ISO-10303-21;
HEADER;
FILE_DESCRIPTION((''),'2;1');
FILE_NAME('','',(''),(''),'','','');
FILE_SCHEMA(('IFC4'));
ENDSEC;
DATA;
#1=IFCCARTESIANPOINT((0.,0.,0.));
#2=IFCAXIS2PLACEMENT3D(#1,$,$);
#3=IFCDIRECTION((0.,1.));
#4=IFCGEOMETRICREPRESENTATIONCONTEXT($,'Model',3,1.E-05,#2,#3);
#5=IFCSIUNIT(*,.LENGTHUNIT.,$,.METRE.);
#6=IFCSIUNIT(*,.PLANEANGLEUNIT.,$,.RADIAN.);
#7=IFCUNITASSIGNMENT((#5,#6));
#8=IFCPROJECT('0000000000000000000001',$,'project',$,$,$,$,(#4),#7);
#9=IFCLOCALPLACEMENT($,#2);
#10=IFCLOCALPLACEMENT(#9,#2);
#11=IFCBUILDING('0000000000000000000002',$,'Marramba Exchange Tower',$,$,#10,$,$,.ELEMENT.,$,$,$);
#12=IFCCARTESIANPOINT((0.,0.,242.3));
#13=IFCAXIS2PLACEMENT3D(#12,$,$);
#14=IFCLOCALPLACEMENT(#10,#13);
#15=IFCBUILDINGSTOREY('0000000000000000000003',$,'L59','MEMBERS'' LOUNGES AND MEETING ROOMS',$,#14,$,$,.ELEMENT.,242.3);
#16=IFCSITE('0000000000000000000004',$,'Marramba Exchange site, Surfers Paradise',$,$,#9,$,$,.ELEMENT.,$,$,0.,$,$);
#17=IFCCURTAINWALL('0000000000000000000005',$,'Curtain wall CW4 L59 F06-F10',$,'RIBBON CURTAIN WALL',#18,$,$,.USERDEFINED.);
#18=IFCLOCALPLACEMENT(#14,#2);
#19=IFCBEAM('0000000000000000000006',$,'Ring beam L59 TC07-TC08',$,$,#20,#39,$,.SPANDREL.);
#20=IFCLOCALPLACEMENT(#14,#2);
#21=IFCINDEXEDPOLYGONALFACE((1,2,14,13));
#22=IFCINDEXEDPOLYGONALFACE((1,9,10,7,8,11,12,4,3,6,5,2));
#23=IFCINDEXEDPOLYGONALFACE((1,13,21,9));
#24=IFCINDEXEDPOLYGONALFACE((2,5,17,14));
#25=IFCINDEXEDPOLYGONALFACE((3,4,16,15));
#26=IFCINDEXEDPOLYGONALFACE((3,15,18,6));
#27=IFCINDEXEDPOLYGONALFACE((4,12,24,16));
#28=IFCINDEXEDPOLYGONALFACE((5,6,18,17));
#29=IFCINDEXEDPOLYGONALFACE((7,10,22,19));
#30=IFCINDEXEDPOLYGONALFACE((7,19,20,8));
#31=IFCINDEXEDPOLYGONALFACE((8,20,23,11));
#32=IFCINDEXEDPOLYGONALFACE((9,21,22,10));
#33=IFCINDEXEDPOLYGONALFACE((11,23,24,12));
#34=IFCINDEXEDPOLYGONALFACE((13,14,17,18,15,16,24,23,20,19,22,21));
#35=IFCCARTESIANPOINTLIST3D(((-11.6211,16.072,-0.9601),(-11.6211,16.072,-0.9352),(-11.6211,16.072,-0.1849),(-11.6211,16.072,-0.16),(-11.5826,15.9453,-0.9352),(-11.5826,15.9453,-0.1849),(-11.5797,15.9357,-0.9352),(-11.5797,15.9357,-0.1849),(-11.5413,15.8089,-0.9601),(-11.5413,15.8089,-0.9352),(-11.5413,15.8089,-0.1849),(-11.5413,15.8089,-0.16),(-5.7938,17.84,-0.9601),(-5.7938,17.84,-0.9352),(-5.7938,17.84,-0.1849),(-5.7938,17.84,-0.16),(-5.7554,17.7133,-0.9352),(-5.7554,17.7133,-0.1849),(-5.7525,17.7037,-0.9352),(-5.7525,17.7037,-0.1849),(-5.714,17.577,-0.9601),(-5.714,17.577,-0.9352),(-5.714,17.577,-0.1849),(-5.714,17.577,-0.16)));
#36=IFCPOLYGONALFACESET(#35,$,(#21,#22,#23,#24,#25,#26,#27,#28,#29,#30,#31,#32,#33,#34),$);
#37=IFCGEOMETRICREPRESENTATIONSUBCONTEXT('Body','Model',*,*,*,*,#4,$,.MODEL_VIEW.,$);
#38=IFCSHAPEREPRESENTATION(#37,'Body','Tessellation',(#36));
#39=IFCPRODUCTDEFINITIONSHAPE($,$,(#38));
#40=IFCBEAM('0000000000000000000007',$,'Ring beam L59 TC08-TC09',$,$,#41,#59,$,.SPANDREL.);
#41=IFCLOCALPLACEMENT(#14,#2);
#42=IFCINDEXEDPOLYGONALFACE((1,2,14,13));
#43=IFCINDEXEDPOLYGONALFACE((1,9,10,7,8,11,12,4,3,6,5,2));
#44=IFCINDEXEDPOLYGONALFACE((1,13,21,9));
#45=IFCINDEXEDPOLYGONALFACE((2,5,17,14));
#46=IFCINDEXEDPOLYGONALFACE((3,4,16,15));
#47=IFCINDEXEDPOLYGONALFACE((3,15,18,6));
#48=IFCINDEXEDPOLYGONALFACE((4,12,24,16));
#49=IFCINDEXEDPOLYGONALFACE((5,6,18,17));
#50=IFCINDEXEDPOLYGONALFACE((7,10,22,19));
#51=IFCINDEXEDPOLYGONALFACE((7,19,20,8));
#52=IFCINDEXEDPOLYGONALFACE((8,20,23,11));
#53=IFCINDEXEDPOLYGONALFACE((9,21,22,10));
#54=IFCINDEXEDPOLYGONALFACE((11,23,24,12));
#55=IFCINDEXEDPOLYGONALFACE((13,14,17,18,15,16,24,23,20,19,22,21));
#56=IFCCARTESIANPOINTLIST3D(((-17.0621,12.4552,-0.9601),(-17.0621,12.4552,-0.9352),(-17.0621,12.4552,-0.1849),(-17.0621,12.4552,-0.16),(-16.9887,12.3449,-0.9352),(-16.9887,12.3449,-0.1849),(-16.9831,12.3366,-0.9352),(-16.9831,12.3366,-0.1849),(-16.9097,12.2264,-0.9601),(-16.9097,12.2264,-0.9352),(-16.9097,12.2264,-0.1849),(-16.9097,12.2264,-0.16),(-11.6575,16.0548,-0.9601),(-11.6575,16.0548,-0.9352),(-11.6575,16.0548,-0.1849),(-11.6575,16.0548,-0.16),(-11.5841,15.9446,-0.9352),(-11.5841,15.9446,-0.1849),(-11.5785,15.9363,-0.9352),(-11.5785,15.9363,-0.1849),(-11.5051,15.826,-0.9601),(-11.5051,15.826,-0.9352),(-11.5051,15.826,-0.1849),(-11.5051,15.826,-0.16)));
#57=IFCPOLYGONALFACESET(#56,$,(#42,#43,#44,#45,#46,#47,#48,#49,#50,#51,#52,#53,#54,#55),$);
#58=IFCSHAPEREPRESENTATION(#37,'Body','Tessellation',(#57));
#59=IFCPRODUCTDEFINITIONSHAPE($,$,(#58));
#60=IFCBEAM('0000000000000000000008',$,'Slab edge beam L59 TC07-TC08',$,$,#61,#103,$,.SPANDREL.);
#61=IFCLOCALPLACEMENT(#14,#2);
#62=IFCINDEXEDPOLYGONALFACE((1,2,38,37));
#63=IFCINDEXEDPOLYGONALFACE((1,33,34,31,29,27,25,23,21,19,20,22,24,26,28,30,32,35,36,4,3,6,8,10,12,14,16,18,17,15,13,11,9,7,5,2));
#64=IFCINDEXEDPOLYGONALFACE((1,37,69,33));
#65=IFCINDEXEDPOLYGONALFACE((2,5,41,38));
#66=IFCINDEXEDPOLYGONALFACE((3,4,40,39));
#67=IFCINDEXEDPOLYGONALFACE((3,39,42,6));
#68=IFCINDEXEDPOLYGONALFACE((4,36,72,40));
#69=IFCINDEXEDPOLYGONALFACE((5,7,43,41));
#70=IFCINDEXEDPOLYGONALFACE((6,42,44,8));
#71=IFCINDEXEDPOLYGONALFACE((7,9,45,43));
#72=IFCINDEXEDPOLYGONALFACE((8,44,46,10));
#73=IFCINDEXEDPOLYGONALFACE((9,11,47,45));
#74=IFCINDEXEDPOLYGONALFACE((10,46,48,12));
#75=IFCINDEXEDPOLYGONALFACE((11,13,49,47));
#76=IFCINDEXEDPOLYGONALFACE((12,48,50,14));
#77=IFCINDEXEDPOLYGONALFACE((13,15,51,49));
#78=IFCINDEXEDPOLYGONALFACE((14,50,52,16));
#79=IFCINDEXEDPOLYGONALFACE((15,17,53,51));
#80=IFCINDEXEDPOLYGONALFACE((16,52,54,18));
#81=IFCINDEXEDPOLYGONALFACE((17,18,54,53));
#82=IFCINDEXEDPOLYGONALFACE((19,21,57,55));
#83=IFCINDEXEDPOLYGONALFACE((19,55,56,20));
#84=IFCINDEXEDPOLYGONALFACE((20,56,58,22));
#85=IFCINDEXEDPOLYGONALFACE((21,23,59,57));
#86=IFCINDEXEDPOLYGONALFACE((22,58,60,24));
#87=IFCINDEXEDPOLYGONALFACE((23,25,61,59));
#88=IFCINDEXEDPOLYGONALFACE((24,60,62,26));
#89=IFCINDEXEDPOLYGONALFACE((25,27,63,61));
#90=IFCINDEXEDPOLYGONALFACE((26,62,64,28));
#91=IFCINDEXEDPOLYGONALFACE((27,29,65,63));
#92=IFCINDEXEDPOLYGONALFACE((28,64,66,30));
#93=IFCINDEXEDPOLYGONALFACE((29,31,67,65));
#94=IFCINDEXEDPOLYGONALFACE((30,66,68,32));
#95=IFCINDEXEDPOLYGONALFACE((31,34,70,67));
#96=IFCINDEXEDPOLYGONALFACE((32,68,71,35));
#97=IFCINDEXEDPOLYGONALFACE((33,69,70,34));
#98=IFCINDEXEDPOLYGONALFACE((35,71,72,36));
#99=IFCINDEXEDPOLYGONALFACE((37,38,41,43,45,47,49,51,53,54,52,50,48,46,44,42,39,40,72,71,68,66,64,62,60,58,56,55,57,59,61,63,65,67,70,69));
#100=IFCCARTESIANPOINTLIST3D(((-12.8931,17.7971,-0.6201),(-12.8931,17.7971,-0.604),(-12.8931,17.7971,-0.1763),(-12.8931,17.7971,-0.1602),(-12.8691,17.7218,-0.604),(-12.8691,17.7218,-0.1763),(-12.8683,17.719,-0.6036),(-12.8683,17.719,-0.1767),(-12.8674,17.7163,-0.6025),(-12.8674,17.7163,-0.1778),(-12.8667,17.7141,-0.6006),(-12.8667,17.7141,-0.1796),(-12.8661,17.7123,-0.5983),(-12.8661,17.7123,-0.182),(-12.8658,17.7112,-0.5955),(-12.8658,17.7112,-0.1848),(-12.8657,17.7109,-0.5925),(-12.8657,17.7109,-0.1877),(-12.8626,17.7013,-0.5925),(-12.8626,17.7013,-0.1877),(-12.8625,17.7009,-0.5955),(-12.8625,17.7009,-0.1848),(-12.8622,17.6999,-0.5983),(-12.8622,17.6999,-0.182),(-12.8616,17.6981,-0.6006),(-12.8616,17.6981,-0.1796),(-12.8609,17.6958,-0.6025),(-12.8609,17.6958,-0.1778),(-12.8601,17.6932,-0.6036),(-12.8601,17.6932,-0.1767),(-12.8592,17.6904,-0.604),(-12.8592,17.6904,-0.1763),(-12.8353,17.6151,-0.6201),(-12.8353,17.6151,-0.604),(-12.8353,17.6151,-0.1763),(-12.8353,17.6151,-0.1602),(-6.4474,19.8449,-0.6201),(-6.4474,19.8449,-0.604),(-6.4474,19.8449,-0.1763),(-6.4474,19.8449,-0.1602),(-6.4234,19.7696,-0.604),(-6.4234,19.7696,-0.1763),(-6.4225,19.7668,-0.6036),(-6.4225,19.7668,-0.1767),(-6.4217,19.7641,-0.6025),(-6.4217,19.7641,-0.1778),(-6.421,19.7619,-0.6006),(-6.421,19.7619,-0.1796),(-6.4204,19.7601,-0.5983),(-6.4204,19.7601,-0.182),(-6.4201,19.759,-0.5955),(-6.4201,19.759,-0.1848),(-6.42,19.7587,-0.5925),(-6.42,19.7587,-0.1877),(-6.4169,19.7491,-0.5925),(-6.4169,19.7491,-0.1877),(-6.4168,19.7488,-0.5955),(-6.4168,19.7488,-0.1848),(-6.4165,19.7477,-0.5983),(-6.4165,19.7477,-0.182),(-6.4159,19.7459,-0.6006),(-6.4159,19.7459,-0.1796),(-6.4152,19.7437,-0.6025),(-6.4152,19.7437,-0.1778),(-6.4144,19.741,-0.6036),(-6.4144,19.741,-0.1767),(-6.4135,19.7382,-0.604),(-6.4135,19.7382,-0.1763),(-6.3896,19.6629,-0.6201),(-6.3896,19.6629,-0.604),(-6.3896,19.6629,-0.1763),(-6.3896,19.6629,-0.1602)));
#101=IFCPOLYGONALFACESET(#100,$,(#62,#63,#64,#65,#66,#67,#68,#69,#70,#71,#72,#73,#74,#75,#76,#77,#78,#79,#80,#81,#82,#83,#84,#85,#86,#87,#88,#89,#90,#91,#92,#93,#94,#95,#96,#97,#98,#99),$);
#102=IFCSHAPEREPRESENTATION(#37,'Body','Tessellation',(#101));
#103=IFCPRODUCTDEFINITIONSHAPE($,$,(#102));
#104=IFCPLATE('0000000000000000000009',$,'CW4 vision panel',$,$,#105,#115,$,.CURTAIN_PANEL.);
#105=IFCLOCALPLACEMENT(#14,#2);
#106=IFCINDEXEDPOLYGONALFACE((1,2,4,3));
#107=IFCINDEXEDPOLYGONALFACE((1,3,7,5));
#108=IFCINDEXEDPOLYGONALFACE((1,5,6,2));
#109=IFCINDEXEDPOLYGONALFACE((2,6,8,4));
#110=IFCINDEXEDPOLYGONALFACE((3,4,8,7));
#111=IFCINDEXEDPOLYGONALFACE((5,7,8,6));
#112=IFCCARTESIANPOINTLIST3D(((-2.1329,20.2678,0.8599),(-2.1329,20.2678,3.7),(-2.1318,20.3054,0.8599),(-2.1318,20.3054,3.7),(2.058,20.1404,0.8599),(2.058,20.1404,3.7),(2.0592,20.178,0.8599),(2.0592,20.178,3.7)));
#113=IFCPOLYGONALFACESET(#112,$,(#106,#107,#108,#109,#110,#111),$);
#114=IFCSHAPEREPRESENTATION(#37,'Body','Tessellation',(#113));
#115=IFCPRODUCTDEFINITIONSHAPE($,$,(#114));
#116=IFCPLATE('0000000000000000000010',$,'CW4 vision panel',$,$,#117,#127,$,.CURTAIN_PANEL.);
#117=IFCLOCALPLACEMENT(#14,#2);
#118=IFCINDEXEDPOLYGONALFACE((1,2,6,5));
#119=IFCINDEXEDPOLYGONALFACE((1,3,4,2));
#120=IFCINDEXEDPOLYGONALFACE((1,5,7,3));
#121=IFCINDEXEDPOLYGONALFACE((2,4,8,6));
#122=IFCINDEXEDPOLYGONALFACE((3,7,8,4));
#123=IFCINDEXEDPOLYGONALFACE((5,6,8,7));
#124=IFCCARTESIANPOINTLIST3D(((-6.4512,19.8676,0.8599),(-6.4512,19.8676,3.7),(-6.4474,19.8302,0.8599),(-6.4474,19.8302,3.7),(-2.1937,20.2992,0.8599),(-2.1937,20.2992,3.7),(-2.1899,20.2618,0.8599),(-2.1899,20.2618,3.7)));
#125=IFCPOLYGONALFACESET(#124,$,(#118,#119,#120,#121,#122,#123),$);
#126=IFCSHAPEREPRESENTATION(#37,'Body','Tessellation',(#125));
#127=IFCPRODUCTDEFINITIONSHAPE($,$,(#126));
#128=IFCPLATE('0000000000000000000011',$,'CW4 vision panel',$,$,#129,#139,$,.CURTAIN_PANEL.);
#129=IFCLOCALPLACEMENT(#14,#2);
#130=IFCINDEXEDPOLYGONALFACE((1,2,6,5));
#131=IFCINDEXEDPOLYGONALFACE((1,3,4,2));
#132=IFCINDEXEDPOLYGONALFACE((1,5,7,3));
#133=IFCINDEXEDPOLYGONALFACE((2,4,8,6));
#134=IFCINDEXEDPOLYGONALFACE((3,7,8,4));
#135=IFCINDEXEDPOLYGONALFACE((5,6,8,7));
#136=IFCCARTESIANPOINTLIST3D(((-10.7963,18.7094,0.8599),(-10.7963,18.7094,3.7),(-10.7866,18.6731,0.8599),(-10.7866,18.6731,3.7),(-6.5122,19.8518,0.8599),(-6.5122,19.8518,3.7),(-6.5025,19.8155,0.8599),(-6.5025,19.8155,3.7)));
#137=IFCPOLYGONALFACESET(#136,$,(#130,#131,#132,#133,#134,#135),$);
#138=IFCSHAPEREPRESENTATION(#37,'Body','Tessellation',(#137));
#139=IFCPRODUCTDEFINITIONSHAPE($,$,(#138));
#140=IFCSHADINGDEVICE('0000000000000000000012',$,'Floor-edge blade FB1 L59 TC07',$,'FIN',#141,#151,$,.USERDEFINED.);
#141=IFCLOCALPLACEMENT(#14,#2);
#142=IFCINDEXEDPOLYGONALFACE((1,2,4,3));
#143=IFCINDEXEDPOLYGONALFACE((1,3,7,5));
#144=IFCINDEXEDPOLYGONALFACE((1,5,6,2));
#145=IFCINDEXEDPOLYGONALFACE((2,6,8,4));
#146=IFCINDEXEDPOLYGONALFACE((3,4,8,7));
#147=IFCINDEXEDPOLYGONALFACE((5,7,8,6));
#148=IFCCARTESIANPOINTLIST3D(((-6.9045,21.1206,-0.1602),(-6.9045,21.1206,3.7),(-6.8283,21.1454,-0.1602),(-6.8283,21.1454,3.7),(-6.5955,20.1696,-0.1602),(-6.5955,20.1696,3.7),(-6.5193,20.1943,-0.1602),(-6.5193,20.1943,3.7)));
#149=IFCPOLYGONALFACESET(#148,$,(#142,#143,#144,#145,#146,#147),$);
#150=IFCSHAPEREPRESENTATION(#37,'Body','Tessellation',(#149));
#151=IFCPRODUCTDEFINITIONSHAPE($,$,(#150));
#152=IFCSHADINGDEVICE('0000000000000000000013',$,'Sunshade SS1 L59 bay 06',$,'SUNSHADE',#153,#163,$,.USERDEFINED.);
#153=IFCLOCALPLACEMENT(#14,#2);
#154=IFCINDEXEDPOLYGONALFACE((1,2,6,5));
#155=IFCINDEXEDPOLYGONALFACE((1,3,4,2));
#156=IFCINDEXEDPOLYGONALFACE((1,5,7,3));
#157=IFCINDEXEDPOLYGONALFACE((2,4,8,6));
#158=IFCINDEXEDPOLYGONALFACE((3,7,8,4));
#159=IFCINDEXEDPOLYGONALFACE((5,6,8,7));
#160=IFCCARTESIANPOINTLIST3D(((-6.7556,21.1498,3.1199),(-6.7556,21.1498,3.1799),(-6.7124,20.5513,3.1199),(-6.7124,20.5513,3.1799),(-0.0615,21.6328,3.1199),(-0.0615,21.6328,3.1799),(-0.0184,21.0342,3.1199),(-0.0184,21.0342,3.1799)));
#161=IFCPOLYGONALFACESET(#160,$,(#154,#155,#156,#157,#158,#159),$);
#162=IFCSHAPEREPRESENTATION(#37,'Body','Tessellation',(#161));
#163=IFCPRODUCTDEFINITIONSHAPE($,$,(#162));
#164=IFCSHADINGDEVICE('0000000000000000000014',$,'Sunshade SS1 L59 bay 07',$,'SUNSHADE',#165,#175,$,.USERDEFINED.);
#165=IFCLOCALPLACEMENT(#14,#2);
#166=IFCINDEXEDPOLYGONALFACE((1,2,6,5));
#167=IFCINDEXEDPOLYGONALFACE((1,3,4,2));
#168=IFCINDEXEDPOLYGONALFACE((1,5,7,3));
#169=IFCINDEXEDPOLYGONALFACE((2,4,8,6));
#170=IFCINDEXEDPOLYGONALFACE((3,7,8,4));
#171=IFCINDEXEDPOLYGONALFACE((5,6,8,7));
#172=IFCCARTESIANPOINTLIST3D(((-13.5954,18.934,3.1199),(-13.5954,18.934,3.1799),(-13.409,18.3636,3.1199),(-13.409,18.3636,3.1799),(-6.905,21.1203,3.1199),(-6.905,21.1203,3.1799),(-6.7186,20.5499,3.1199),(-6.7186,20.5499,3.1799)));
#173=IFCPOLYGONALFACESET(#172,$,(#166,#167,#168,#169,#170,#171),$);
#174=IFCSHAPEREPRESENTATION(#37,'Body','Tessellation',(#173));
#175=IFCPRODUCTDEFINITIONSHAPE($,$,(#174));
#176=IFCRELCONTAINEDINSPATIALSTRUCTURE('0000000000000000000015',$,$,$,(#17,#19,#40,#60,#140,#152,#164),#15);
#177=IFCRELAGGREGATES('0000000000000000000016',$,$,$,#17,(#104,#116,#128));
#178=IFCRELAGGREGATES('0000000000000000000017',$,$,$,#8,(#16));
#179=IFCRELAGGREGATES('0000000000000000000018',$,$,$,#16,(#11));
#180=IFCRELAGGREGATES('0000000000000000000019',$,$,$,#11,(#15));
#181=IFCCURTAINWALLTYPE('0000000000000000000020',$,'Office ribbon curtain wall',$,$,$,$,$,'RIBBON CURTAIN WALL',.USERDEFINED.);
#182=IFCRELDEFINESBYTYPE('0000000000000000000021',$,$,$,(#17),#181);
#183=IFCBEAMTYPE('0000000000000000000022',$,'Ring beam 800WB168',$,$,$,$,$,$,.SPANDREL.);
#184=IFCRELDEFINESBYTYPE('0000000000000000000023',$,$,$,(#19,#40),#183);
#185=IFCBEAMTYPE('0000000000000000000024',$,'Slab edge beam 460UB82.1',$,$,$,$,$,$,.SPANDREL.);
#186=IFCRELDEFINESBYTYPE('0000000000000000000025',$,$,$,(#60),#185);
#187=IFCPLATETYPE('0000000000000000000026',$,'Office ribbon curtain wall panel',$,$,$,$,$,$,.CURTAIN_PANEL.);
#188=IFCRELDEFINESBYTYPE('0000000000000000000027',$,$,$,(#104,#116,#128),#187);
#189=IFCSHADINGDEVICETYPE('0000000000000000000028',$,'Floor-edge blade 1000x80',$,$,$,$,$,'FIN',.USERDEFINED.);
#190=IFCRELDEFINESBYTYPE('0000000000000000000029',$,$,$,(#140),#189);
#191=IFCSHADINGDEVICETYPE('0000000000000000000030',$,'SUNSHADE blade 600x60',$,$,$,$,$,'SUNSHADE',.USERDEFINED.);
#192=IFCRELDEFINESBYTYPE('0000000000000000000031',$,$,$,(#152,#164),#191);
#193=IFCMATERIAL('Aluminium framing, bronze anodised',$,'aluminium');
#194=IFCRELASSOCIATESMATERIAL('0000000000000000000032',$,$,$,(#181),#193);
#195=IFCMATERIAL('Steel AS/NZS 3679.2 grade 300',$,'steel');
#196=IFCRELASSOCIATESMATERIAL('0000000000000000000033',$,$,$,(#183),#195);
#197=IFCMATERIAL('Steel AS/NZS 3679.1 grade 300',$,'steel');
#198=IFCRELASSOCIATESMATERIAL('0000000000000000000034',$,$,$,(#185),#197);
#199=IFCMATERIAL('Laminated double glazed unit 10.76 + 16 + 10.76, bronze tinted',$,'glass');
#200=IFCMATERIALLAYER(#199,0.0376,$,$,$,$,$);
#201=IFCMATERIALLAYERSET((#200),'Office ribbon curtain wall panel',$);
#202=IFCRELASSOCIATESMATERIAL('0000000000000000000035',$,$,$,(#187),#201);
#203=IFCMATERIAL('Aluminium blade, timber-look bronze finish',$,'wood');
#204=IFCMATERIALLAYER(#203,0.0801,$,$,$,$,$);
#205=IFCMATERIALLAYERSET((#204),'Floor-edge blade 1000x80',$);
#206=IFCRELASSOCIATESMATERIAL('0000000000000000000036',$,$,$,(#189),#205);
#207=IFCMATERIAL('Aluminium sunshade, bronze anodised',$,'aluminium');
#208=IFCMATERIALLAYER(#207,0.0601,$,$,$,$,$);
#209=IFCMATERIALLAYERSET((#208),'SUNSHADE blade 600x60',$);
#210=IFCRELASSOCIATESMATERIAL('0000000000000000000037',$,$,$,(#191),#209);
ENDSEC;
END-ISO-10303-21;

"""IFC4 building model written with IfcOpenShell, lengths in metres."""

from ifc_helpers import new_model, si_unit, direction, frame, origin, origin_2d, place, context, subcontext, project, spatial, rectangle, i_section, extrude, material, layer, layer_set, material_profile, profile_set, type_object, element, aggregate, save


model = new_model("IFC4")

# Units and contexts
model_context = context("Model", 3, precision=1e-05, world=origin(), true_north=direction((0.0, 1.0)))
body_context = subcontext(model_context, "Body", "Model", "MODEL_VIEW")
ifc_project = project(units=[si_unit("LENGTHUNIT", "METRE"), si_unit("PLANEANGLEUNIT", "RADIAN")], contexts=[model_context])

# Site, building, storey
site_placement = place(None, origin())
site = spatial("IfcSite", under=ifc_project, at=site_placement, Name="Marramba Exchange site, Surfers Paradise", CompositionType="ELEMENT", RefElevation=0.0)
building_placement = place(site_placement, origin())
building = spatial("IfcBuilding", under=site, at=building_placement, Name="Marramba Exchange Tower", CompositionType="ELEMENT")
storey_placement = place(building_placement, frame((0.0, 0.0, 242.3)))
storey = spatial("IfcBuildingStorey", under=building, at=storey_placement, Name="L59", Description="MEMBERS' LOUNGES AND MEETING ROOMS", CompositionType="ELEMENT", Elevation=242.3)

# Shared definitions
ifc_material_1 = material(Name="Steel AS/NZS 3679.2 grade 300", Category="steel")

# Curtain wall
ifc_material_2 = material(Name="Aluminium framing, bronze anodised", Category="aluminium")
curtain_wall_type = type_object("IfcCurtainWallType", Name="Office ribbon curtain wall", ElementType="RIBBON CURTAIN WALL", PredefinedType="USERDEFINED", material=ifc_material_2)
curtain_wall_1_placement = place(storey_placement, origin())
curtain_wall_1 = element("IfcCurtainWall", 1, at=curtain_wall_1_placement, inside=storey, type_object=curtain_wall_type, Name="Curtain wall CW4 L59 F06-F10", ObjectType="RIBBON CURTAIN WALL", PredefinedType="USERDEFINED")

# Beams
ifc_material_profile_1 = material_profile(ifc_material_1, i_section(OverallWidth=0.2749, OverallDepth=0.8, WebThickness=0.01, FlangeThickness=0.0249, at=origin_2d()), Name="800WB168")
ifc_profile_set_1 = profile_set([ifc_material_profile_1], Name="Steel AS/NZS 3679.2 grade 300")
beam_type_1 = type_object("IfcBeamType", Name="Ring beam 800WB168", PredefinedType="SPANDREL", material=ifc_profile_set_1)
beam_1_placement = place(storey_placement, frame((-5.7539, 17.7085, -0.5601), z_axis=(-0.956925, -0.290337, 0.0), x_axis=(0.290337, -0.956925, 0.0)))
element("IfcBeam", 2, at=beam_1_placement, inside=storey, type_object=beam_type_1, Name="Ring beam L59 TC07-TC08", PredefinedType="SPANDREL", context=body_context, shape_type="SweptSolid", body=[
    extrude(i_section(OverallWidth=0.2749, OverallDepth=0.8, WebThickness=0.01, FlangeThickness=0.0249, at=origin_2d()), origin(), (0.0, 0.0, 1.0), 6.0896),
])
beam_2_placement = place(storey_placement, frame((-11.5813, 15.9404, -0.5601), z_axis=(-0.832293, -0.554336, 0.0), x_axis=(0.554336, -0.832293, 0.0)))
element("IfcBeam", 3, at=beam_2_placement, inside=storey, type_object=beam_type_1, Name="Ring beam L59 TC08-TC09", PredefinedType="SPANDREL", context=body_context, shape_type="SweptSolid", body=[
    extrude(i_section(OverallWidth=0.2749, OverallDepth=0.8, WebThickness=0.01, FlangeThickness=0.0249, at=origin_2d()), origin(), (0.0, 0.0, 1.0), 6.4937),
])
ifc_material_3 = material(Name="Steel AS/NZS 3679.1 grade 300", Category="steel")
ifc_material_profile_2 = material_profile(ifc_material_3, i_section(OverallWidth=0.1909, OverallDepth=0.46, WebThickness=0.01, FlangeThickness=0.0161, FilletRadius=0.0115, at=origin_2d()), Name="460UB82.1")
ifc_profile_set_2 = profile_set([ifc_material_profile_2], Name="Steel AS/NZS 3679.1 grade 300")
beam_type_2 = type_object("IfcBeamType", Name="Slab edge beam 460UB82.1", PredefinedType="SPANDREL", material=ifc_profile_set_2)
beam_3_placement = place(storey_placement, frame((-6.4185, 19.7539, -0.3901), z_axis=(-0.953057, -0.302789, 0.0), x_axis=(0.302789, -0.953057, 0.0)))
element("IfcBeam", 4, at=beam_3_placement, inside=storey, type_object=beam_type_2, Name="Slab edge beam L59 TC07-TC08", PredefinedType="SPANDREL", context=body_context, shape_type="SweptSolid", body=[
    extrude(i_section(OverallWidth=0.1909, OverallDepth=0.46, WebThickness=0.01, FlangeThickness=0.0161, FilletRadius=0.0115, at=origin_2d()), origin(), (0.0, 0.0, 1.0), 6.7632),
])

# Plates
ifc_material_4 = material(Name="Laminated double glazed unit 10.76 + 16 + 10.76, bronze tinted", Category="glass")
ifc_layer_1 = layer(ifc_material_4, 0.0376)
ifc_layer_set_1 = layer_set([ifc_layer_1], Name="Office ribbon curtain wall panel")
plate_type = type_object("IfcPlateType", Name="Office ribbon curtain wall panel", PredefinedType="CURTAIN_PANEL", material=ifc_layer_set_1)
plate_1_placement = place(storey_placement, frame((-0.0369, 20.2229, 0.8599), z_axis=(0.0, 0.0, 1.0), x_axis=(-0.999538, 0.030394, 0.0)))
plate_1 = element("IfcPlate", 5, at=plate_1_placement, type_object=plate_type, Name="CW4 vision panel", PredefinedType="CURTAIN_PANEL", context=body_context, shape_type="SweptSolid", body=[
    extrude(rectangle(XDim=4.1929, YDim=0.0376, at=origin_2d()), origin(), (0.0, 0.0, 1.0), 2.8401),
])
plate_2_placement = place(storey_placement, frame((-4.3206, 20.0647, 0.8599), z_axis=(0.0, 0.0, 1.0), x_axis=(-0.9949, -0.100863, 0.0)))
plate_2 = element("IfcPlate", 6, at=plate_2_placement, type_object=plate_type, Name="CW4 vision panel", PredefinedType="CURTAIN_PANEL", context=body_context, shape_type="SweptSolid", body=[
    extrude(rectangle(XDim=4.2793, YDim=0.0376, at=origin_2d()), origin(), (0.0, 0.0, 1.0), 2.8401),
])
plate_3_placement = place(storey_placement, frame((-8.6494, 19.2625, 0.8599), z_axis=(0.0, 0.0, 1.0), x_axis=(-0.966241, -0.257641, 0.0)))
plate_3 = element("IfcPlate", 7, at=plate_3_placement, type_object=plate_type, Name="CW4 vision panel", PredefinedType="CURTAIN_PANEL", context=body_context, shape_type="SweptSolid", body=[
    extrude(rectangle(XDim=4.4338, YDim=0.0376, at=origin_2d()), origin(), (0.0, 0.0, 1.0), 2.8401),
])
aggregate(curtain_wall_1, [plate_1, plate_2, plate_3])

# Shading devices
ifc_material_5 = material(Name="Aluminium blade, timber-look bronze finish", Category="wood")
ifc_layer_2 = layer(ifc_material_5, 0.0801)
ifc_layer_set_2 = layer_set([ifc_layer_2], Name="Floor-edge blade 1000x80")
shading_device_type_1 = type_object("IfcShadingDeviceType", Name="Floor-edge blade 1000x80", ElementType="FIN", PredefinedType="USERDEFINED", material=ifc_layer_set_2)
shading_device_1_placement = place(storey_placement, frame((-6.7119, 20.6575, -0.1602), z_axis=(0.0, 0.0, 1.0), x_axis=(-0.309017, 0.951057, 0.0)))
element("IfcShadingDevice", 8, at=shading_device_1_placement, inside=storey, type_object=shading_device_type_1, Name="Floor-edge blade FB1 L59 TC07", ObjectType="FIN", PredefinedType="USERDEFINED", context=body_context, shape_type="SweptSolid", body=[
    extrude(rectangle(XDim=1.0, YDim=0.0801, at=origin_2d()), origin(), (0.0, 0.0, 1.0), 3.8601),
])
ifc_material_6 = material(Name="Aluminium sunshade, bronze anodised", Category="aluminium")
ifc_layer_3 = layer(ifc_material_6, 0.0601)
ifc_layer_set_3 = layer_set([ifc_layer_3], Name="SUNSHADE blade 600x60")
shading_device_type_2 = type_object("IfcShadingDeviceType", Name="SUNSHADE blade 600x60", ElementType="SUNSHADE", PredefinedType="USERDEFINED", material=ifc_layer_set_3)
shading_device_2_placement = place(storey_placement, frame((-3.387, 21.092, 3.1199), z_axis=(0.0, 0.0, 1.0), x_axis=(-0.997408, -0.071958, 0.0)))
element("IfcShadingDevice", 9, at=shading_device_2_placement, inside=storey, type_object=shading_device_type_2, Name="Sunshade SS1 L59 bay 06", ObjectType="SUNSHADE", PredefinedType="USERDEFINED", context=body_context, shape_type="SweptSolid", body=[
    extrude(rectangle(XDim=6.7114, YDim=0.6001, at=origin_2d()), origin(), (0.0, 0.0, 1.0), 0.0601),
])
shading_device_3_placement = place(storey_placement, frame((-10.157, 19.7419, 3.1199), z_axis=(0.0, 0.0, 1.0), x_axis=(-0.950538, -0.31061, 0.0)))
element("IfcShadingDevice", 10, at=shading_device_3_placement, inside=storey, type_object=shading_device_type_2, Name="Sunshade SS1 L59 bay 07", ObjectType="SUNSHADE", PredefinedType="USERDEFINED", context=body_context, shape_type="SweptSolid", body=[
    extrude(rectangle(XDim=7.0386, YDim=0.6001, at=origin_2d()), origin(), (0.0, 0.0, 1.0), 0.0601),
])

save(model, "model.ifc")
